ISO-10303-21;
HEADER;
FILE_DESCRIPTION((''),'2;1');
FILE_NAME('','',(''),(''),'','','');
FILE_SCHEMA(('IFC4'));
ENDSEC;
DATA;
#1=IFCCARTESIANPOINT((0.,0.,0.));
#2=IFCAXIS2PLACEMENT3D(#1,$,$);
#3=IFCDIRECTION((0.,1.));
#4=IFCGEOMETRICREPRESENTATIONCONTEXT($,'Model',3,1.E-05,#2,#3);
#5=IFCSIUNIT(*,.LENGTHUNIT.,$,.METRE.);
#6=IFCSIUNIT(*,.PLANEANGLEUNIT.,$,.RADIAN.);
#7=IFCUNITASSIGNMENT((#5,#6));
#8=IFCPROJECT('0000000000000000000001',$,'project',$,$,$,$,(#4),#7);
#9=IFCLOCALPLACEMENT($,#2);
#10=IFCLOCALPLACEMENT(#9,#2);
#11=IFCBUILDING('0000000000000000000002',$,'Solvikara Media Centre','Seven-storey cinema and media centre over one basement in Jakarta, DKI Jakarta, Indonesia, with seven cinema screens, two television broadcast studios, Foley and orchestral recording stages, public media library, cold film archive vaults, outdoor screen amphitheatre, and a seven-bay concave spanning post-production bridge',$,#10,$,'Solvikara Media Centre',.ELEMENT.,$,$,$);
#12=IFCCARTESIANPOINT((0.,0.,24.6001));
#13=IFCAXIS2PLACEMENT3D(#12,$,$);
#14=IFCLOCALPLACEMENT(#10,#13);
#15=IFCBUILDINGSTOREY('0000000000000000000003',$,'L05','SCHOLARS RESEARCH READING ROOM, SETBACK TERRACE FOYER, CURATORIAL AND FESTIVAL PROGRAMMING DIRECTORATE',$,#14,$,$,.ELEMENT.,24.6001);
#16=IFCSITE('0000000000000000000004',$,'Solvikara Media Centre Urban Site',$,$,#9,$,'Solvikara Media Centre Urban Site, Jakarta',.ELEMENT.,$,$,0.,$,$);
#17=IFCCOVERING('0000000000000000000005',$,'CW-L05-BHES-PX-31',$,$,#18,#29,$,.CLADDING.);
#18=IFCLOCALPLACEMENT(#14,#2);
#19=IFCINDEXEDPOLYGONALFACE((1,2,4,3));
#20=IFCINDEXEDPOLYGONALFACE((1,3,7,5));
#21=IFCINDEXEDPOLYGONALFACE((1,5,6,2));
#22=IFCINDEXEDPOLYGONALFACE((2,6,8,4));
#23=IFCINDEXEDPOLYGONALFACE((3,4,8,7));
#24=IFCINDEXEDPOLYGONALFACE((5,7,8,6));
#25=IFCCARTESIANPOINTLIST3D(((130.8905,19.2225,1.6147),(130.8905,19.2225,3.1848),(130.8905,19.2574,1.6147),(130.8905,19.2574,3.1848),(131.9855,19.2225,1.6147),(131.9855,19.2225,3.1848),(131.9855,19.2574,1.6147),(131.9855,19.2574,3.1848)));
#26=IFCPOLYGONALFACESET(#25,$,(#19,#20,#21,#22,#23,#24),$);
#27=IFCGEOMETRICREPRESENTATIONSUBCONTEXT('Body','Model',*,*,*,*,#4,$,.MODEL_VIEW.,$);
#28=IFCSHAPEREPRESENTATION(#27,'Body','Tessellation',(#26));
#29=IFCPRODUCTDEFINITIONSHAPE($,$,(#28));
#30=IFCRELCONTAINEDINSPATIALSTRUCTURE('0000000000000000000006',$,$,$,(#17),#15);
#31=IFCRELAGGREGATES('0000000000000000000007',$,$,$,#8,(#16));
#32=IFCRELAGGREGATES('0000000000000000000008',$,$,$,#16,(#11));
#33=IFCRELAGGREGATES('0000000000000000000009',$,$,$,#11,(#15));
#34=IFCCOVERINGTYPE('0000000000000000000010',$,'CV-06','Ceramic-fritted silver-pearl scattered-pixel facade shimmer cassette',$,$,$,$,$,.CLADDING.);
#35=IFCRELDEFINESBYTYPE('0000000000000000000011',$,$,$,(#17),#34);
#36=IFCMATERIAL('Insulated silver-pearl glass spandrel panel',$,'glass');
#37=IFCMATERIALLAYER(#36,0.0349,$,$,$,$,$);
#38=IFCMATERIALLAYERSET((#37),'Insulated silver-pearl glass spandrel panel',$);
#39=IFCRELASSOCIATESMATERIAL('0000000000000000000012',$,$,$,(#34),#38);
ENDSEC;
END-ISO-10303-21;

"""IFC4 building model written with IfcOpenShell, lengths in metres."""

from ifc_helpers import new_model, si_unit, direction, frame, origin, origin_2d, place, context, subcontext, project, spatial, rectangle, extrude, material, layer, layer_set, type_object, element, save


model = new_model("IFC4")

# Units and contexts
model_context = context("Model", 3, precision=1e-05, world=origin(), true_north=direction((0.0, 1.0)))
body_context = subcontext(model_context, "Body", "Model", "MODEL_VIEW")
ifc_project = project(units=[si_unit("LENGTHUNIT", "METRE"), si_unit("PLANEANGLEUNIT", "RADIAN")], contexts=[model_context])

# Site, building, storey
site_placement = place(None, origin())
site = spatial("IfcSite", under=ifc_project, at=site_placement, Name="Solvikara Media Centre Urban Site", LongName="Solvikara Media Centre Urban Site, Jakarta", CompositionType="ELEMENT", RefElevation=0.0)
building_placement = place(site_placement, origin())
building = spatial("IfcBuilding", under=site, at=building_placement, Name="Solvikara Media Centre", Description="Seven-storey cinema and media centre over one basement in Jakarta, DKI Jakarta, Indonesia, with seven cinema screens, two television broadcast studios, Foley and orchestral recording stages, public media library, cold film archive vaults, outdoor screen amphitheatre, and a seven-bay concave spanning post-production bridge", LongName="Solvikara Media Centre", CompositionType="ELEMENT")
storey_placement = place(building_placement, frame((0.0, 0.0, 24.6001)))
storey = spatial("IfcBuildingStorey", under=building, at=storey_placement, Name="L05", Description="SCHOLARS RESEARCH READING ROOM, SETBACK TERRACE FOYER, CURATORIAL AND FESTIVAL PROGRAMMING DIRECTORATE", CompositionType="ELEMENT", Elevation=24.6001)

# Shared definitions
ifc_material_1 = material(Name="Insulated silver-pearl glass spandrel panel", Category="glass")

# Covering
ifc_layer_1 = layer(ifc_material_1, 0.0349)
ifc_layer_set_1 = layer_set([ifc_layer_1], Name="Insulated silver-pearl glass spandrel panel")
covering_type_1 = type_object("IfcCoveringType", Name="CV-06", Description="Ceramic-fritted silver-pearl scattered-pixel facade shimmer cassette", PredefinedType="CLADDING", material=ifc_layer_set_1)
for number, where, z_axis, x_axis, name in (
    (1, (131.438, 19.24, 1.6147), (0.0, 0.0, 1.0), (1.0, 0.0, 0.0), "CW-L05-BHES-PX-31"),
):
    element("IfcCovering", number, at=place(storey_placement, frame(where, z_axis=z_axis, x_axis=x_axis)), inside=storey, type_object=covering_type_1, Name=name, PredefinedType="CLADDING", context=body_context, shape_type="SweptSolid", body=[
        extrude(rectangle(XDim=1.095, YDim=0.0349, at=origin_2d()), origin(), (0.0, 0.0, 1.0), 1.5701),
    ])

save(model, "model.ifc")
